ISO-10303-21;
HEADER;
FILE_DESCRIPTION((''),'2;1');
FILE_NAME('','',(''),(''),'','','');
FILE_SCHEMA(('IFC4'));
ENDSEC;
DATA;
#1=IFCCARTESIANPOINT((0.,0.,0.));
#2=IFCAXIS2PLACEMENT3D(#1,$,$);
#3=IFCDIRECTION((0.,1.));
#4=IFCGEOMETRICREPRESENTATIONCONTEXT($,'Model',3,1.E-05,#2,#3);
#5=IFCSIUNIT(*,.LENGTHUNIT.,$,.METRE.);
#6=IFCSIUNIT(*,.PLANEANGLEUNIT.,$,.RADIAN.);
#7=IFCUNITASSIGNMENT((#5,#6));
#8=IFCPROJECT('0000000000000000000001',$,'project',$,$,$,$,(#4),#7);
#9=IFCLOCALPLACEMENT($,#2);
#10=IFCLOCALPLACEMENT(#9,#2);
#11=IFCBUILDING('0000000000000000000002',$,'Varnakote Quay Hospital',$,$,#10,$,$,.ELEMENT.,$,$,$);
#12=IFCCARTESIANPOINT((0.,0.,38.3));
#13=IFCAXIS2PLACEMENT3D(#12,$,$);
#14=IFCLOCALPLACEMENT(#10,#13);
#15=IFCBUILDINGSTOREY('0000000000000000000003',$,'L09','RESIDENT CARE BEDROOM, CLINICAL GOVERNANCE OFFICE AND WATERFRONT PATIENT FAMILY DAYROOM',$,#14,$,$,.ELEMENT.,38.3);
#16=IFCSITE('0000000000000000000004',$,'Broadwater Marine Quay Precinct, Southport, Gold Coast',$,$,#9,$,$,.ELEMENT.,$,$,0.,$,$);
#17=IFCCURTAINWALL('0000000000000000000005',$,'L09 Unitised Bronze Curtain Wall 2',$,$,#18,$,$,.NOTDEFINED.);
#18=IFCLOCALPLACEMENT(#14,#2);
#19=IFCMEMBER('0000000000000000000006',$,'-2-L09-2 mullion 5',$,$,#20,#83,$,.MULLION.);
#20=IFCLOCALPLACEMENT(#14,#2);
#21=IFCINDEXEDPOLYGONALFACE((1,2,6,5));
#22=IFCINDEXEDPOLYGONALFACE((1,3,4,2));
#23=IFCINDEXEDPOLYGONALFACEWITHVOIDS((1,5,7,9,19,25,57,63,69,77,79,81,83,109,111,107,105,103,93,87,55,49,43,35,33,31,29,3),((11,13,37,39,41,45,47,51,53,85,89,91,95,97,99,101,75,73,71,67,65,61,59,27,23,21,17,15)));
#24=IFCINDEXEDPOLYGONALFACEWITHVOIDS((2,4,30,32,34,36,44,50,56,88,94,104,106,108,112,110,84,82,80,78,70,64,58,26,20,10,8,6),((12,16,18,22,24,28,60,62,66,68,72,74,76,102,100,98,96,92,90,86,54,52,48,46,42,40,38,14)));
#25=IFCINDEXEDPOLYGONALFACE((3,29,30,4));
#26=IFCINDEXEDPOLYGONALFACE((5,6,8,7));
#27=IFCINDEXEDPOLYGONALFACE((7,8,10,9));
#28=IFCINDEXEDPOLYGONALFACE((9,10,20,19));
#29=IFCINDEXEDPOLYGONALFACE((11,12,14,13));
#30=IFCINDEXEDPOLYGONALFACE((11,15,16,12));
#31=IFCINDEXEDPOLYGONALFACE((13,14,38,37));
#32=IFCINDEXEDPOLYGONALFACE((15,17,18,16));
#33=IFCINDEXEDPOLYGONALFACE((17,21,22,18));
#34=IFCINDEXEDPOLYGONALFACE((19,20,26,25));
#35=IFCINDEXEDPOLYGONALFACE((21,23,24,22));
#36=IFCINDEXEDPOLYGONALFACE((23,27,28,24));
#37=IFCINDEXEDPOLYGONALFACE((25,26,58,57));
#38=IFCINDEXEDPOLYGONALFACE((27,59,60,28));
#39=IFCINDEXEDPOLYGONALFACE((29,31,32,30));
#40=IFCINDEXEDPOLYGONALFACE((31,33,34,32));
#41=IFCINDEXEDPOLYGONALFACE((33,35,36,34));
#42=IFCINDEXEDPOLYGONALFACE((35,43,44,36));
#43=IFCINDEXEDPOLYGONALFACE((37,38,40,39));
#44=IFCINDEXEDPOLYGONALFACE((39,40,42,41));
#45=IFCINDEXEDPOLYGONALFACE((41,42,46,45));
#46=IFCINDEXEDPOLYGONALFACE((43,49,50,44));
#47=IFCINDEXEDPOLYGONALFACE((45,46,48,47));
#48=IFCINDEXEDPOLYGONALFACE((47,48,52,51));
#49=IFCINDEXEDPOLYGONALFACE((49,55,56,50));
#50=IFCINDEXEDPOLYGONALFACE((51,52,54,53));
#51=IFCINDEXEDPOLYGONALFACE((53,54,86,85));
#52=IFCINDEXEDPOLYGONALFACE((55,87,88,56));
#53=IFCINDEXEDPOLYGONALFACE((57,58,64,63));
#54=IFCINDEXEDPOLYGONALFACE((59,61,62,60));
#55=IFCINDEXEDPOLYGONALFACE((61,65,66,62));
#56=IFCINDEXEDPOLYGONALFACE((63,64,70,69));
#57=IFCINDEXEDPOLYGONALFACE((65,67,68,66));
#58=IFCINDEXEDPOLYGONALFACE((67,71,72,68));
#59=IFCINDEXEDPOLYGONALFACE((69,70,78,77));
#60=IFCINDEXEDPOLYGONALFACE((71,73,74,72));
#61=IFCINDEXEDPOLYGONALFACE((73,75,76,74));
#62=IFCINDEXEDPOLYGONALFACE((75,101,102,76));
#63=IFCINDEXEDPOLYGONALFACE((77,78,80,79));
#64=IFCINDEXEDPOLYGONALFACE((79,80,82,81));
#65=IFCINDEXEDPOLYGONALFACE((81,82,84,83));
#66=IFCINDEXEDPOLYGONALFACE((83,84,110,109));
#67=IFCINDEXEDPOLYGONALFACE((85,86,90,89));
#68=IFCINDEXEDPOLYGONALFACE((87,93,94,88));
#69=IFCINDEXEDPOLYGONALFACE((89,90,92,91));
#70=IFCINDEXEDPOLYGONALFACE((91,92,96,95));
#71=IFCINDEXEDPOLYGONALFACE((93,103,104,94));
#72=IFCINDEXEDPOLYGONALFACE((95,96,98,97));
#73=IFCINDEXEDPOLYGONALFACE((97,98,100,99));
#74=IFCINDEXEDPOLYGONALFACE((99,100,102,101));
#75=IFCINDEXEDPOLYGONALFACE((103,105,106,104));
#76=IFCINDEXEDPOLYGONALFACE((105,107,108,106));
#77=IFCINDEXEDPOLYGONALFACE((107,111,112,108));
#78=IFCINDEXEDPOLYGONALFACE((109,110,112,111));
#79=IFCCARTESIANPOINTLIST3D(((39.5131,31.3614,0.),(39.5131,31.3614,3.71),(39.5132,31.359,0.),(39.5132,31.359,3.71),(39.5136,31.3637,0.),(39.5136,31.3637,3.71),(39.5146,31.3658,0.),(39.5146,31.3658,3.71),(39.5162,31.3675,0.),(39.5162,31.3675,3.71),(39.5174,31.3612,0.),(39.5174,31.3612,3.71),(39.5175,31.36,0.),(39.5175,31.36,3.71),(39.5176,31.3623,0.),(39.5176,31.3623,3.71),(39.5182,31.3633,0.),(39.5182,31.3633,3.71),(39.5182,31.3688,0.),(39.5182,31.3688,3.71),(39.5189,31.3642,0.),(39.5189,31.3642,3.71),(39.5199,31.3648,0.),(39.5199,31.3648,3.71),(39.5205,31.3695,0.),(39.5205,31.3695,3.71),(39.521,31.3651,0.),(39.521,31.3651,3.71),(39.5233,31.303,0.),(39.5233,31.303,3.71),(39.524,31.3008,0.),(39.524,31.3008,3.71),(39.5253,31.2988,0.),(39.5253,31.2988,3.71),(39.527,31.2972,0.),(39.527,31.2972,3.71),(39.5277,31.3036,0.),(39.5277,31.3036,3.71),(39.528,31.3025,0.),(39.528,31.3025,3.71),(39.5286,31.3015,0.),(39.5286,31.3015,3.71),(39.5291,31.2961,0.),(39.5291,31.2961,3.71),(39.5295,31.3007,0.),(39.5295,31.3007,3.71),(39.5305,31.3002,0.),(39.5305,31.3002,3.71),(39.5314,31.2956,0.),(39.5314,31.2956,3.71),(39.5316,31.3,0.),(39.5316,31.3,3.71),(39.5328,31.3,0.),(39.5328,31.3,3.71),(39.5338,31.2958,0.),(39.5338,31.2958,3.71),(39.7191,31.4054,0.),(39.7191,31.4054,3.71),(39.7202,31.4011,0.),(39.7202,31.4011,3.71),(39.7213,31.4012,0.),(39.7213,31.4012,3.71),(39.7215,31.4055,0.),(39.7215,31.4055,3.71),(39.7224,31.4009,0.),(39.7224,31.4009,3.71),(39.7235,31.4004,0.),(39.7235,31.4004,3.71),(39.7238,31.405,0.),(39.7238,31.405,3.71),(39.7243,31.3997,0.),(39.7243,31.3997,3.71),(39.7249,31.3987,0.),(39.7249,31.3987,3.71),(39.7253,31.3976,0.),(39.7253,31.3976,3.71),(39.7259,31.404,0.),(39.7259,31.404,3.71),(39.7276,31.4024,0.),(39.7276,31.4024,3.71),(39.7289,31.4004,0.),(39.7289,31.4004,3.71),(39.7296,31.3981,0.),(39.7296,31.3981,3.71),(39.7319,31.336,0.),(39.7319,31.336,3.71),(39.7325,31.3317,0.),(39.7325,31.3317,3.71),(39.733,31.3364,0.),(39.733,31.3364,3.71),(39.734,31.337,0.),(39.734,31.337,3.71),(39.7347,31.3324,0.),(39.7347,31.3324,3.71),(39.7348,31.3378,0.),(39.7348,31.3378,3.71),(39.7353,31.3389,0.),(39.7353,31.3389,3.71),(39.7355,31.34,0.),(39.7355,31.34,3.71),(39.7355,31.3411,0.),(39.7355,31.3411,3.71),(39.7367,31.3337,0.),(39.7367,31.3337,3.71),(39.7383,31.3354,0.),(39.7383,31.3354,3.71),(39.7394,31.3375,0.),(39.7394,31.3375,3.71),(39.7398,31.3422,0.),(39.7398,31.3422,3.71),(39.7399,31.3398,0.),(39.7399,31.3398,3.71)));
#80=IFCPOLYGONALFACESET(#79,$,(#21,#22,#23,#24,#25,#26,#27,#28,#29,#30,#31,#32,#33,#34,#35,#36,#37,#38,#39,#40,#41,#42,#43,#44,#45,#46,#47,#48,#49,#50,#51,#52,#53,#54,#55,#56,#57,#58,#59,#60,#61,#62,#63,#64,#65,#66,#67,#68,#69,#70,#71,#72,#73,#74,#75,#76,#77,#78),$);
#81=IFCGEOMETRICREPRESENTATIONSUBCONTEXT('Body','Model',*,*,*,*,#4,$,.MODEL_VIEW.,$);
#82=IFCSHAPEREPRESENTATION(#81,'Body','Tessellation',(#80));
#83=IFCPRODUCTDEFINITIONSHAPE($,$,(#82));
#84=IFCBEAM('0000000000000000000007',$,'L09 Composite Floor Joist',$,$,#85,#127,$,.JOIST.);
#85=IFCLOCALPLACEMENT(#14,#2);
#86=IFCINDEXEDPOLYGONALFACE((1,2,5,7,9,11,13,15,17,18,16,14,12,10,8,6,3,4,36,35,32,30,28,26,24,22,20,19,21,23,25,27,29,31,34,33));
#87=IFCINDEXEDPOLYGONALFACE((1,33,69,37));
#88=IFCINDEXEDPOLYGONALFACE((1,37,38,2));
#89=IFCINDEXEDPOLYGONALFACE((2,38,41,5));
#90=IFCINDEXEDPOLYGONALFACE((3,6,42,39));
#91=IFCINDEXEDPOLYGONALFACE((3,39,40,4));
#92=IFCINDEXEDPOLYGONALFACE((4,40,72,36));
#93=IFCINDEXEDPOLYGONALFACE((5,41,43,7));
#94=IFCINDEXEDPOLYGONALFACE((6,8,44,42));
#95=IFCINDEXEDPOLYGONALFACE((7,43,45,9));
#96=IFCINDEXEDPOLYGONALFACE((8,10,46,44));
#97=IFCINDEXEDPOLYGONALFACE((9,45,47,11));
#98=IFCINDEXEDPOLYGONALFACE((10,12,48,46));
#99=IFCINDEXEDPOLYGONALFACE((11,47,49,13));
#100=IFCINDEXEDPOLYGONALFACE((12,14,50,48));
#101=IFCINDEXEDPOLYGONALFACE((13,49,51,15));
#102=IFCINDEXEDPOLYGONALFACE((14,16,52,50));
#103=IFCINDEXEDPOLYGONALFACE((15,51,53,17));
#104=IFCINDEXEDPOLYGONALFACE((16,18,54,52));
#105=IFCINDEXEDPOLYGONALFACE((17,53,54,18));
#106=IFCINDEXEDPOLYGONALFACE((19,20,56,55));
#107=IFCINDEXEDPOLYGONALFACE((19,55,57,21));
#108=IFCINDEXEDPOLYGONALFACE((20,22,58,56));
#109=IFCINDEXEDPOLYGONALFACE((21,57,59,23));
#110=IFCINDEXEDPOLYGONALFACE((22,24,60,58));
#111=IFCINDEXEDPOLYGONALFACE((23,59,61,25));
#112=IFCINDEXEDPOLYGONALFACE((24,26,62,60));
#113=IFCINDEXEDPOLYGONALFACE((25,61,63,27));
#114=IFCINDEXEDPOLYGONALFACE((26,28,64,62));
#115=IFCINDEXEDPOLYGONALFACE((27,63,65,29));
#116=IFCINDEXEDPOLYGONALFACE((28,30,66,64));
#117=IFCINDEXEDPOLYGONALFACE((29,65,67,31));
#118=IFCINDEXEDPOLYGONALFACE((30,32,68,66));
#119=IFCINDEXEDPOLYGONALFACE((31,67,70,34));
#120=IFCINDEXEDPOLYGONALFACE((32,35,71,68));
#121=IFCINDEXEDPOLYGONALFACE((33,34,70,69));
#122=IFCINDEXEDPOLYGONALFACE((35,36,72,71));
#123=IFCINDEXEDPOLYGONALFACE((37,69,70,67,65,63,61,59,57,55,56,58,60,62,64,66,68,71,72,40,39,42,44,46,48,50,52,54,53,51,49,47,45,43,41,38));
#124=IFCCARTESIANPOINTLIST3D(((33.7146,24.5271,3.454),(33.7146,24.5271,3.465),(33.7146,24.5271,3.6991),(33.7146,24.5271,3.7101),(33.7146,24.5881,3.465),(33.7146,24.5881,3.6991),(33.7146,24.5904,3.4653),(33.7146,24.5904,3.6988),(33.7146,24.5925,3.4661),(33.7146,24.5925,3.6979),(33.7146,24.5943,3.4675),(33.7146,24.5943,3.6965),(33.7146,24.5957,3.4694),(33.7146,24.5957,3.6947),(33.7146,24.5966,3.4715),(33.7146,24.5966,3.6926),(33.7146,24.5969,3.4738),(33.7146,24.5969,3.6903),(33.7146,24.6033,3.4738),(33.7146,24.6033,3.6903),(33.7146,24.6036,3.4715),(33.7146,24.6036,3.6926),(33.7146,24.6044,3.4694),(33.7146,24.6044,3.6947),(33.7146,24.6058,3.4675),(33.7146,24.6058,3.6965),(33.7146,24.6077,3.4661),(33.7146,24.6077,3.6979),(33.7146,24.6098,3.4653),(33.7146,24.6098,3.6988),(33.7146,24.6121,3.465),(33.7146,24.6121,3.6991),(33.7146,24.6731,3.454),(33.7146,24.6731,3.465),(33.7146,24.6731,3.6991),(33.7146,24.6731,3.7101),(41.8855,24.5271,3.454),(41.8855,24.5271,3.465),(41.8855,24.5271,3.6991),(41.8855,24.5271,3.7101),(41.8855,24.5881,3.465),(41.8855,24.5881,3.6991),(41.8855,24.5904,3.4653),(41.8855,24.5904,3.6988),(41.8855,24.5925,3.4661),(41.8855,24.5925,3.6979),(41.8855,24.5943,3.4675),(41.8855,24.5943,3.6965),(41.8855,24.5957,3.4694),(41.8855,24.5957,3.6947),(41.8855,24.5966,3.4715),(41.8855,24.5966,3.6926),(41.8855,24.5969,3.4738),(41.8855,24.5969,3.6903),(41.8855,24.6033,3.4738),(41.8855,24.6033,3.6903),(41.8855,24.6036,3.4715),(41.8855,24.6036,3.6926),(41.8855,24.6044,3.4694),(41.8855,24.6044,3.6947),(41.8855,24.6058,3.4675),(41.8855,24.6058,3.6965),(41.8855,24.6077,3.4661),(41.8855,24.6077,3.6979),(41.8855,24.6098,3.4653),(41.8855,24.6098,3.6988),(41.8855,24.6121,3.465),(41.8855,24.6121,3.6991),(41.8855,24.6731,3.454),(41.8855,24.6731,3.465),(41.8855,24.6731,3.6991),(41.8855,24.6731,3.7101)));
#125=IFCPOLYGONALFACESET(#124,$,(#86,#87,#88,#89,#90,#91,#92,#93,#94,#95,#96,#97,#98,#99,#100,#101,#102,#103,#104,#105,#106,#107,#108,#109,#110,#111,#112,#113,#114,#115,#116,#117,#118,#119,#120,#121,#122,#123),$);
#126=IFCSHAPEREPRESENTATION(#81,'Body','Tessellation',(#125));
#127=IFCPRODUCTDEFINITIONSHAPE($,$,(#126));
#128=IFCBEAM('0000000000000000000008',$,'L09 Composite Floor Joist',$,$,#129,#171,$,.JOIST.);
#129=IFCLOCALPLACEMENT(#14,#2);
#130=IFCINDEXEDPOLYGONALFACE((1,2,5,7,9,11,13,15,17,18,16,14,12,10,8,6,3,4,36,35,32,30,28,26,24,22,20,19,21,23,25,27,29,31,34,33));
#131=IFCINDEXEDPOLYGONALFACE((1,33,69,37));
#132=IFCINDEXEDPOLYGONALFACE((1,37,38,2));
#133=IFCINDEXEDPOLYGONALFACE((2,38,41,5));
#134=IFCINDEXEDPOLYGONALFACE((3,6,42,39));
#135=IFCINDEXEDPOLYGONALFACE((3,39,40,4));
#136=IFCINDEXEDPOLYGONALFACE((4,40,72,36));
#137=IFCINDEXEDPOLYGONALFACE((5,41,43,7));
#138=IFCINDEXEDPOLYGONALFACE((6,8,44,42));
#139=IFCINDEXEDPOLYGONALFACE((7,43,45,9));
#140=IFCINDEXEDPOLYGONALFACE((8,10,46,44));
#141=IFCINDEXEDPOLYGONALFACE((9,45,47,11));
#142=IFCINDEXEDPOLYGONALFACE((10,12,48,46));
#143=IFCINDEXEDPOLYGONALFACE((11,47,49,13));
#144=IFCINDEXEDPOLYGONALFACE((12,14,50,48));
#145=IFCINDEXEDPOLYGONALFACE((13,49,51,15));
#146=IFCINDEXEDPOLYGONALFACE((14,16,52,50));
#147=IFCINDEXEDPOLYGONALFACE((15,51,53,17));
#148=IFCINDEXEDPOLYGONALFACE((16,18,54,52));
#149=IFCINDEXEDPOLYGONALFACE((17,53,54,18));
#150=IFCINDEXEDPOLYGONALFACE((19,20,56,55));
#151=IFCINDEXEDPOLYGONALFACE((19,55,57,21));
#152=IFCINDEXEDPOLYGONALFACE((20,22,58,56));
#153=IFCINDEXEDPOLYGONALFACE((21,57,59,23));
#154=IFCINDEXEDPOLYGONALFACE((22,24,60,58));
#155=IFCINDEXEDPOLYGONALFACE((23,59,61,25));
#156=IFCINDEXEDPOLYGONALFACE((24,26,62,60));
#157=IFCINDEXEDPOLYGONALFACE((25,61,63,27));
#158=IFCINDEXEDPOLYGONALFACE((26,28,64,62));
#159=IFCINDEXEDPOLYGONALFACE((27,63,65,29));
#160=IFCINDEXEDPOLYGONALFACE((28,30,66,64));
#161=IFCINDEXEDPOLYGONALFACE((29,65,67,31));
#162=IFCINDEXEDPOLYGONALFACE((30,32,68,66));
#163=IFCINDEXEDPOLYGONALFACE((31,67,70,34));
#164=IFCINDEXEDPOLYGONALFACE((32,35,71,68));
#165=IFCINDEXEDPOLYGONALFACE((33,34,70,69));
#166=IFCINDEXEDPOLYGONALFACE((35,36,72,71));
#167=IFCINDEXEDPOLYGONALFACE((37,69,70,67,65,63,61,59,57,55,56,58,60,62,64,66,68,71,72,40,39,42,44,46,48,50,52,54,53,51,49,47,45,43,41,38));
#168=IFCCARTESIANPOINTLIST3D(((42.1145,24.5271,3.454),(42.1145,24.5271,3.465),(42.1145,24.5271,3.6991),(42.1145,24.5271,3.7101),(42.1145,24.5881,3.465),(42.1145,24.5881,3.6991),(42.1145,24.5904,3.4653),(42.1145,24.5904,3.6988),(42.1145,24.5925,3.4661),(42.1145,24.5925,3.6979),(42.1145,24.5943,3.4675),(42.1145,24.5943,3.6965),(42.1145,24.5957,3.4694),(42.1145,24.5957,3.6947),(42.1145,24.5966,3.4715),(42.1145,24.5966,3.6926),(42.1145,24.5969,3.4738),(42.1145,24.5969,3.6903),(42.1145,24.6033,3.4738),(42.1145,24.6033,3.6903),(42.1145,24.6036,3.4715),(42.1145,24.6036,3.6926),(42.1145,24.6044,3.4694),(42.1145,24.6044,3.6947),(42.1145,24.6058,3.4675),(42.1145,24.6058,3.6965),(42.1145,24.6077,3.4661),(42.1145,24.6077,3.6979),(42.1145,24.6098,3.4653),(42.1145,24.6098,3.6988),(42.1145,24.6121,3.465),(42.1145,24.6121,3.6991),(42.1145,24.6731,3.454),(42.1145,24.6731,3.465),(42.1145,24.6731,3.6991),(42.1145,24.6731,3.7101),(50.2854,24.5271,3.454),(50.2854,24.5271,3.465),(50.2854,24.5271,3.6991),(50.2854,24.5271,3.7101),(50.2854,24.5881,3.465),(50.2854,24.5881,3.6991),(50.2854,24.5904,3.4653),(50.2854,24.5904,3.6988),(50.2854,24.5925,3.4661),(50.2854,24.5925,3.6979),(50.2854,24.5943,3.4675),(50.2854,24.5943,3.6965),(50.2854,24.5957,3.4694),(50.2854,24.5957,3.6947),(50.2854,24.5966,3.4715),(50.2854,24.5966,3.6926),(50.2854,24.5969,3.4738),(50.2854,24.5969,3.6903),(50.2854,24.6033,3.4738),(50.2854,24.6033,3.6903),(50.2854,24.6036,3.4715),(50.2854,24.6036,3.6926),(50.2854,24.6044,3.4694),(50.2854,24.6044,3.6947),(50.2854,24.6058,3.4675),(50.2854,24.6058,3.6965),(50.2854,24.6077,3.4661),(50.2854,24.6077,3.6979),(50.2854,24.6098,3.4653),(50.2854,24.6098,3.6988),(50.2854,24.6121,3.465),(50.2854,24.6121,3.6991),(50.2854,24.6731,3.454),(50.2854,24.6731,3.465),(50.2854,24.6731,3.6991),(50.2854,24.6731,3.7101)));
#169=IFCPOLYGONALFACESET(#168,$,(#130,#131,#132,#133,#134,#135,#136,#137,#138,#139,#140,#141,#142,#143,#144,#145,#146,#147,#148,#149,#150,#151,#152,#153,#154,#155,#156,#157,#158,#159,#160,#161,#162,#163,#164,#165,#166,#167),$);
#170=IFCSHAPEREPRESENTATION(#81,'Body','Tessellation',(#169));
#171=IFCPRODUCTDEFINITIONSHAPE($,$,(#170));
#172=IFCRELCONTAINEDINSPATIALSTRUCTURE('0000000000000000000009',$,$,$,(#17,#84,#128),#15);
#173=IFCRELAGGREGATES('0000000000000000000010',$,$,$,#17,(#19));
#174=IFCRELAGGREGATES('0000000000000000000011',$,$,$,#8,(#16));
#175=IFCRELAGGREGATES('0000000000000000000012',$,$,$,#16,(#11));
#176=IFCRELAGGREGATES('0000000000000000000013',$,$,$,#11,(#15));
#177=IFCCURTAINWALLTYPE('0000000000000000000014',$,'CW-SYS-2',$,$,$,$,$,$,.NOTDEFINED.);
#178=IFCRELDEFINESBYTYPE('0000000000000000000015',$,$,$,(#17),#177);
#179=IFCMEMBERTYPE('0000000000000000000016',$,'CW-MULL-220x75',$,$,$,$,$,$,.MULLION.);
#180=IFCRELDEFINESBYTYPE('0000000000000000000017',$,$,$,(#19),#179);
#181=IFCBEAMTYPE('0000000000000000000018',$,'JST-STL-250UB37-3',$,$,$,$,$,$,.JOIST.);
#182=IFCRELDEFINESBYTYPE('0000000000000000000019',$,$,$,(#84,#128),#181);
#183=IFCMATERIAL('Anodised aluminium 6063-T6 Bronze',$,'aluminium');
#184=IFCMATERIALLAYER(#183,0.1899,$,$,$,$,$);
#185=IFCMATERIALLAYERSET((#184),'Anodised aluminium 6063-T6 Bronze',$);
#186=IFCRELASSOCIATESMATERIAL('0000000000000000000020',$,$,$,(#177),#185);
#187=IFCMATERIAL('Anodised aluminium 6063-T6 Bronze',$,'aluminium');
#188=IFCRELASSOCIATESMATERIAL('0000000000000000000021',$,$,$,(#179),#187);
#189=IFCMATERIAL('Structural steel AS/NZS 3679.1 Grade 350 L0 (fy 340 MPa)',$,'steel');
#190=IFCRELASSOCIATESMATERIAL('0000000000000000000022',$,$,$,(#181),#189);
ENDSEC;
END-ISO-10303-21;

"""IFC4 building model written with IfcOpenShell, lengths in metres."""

from ifc_helpers import new_model, si_unit, direction, frame, origin, origin_2d, place, context, subcontext, project, spatial, hollow_rectangle, i_section, extrude, material, layer, layer_set, material_profile, profile_set, type_object, element, aggregate, save


model = new_model("IFC4")

# Units and contexts
model_context = context("Model", 3, precision=1e-05, world=origin(), true_north=direction((0.0, 1.0)))
body_context = subcontext(model_context, "Body", "Model", "MODEL_VIEW")
ifc_project = project(units=[si_unit("LENGTHUNIT", "METRE"), si_unit("PLANEANGLEUNIT", "RADIAN")], contexts=[model_context])

# Site, building, storey
site_placement = place(None, origin())
site = spatial("IfcSite", under=ifc_project, at=site_placement, Name="Broadwater Marine Quay Precinct, Southport, Gold Coast", CompositionType="ELEMENT", RefElevation=0.0)
building_placement = place(site_placement, origin())
building = spatial("IfcBuilding", under=site, at=building_placement, Name="Varnakote Quay Hospital", CompositionType="ELEMENT")
storey_placement = place(building_placement, frame((0.0, 0.0, 38.3)))
storey = spatial("IfcBuildingStorey", under=building, at=storey_placement, Name="L09", Description="RESIDENT CARE BEDROOM, CLINICAL GOVERNANCE OFFICE AND WATERFRONT PATIENT FAMILY DAYROOM", CompositionType="ELEMENT", Elevation=38.3)

# Curtain wall, member
ifc_material_1 = material(Name="Anodised aluminium 6063-T6 Bronze", Category="aluminium")
ifc_layer_1 = layer(ifc_material_1, 0.1899)
ifc_layer_set_1 = layer_set([ifc_layer_1], Name="Anodised aluminium 6063-T6 Bronze")
curtain_wall_type = type_object("IfcCurtainWallType", Name="CW-SYS-2", PredefinedType="NOTDEFINED", material=ifc_layer_set_1)
curtain_wall_placement = place(storey_placement, origin())
curtain_wall = element("IfcCurtainWall", 1, at=curtain_wall_placement, inside=storey, type_object=curtain_wall_type, Name="L09 Unitised Bronze Curtain Wall 2", PredefinedType="NOTDEFINED")
ifc_material_2 = material(Name="Anodised aluminium 6063-T6 Bronze", Category="aluminium")
ifc_material_profile_1 = material_profile(ifc_material_2, hollow_rectangle(XDim=0.075, YDim=0.22, WallThickness=0.0044, InnerFilletRadius=0.0044, OuterFilletRadius=0.009, at=origin_2d()), Name="CW-MULL-220x75")
ifc_profile_set_1 = profile_set([ifc_material_profile_1], Name="Anodised aluminium 6063-T6 Bronze")
member_type = type_object("IfcMemberType", Name="CW-MULL-220x75", PredefinedType="MULLION", material=ifc_profile_set_1)
member_placement = place(storey_placement, frame((39.6265, 31.3506, 0.0), z_axis=(0.0, 0.0, 1.0), x_axis=(0.177846, -0.984058, 0.0)))
member = element("IfcMember", 2, at=member_placement, type_object=member_type, Name="-2-L09-2 mullion 5", PredefinedType="MULLION", context=body_context, shape_type="SweptSolid", body=[
    extrude(hollow_rectangle(XDim=0.075, YDim=0.22, WallThickness=0.0044, InnerFilletRadius=0.0044, OuterFilletRadius=0.009, at=origin_2d()), origin(), (0.0, 0.0, 1.0), 3.71),
])

# Beams
ifc_material_3 = material(Name="Structural steel AS/NZS 3679.1 Grade 350 L0 (fy 340 MPa)", Category="steel")
ifc_material_profile_2 = material_profile(ifc_material_3, i_section(OverallWidth=0.146, OverallDepth=0.2561, WebThickness=0.0063, FlangeThickness=0.011, FilletRadius=0.0088, at=origin_2d()), Name="250UB37.3")
ifc_profile_set_2 = profile_set([ifc_material_profile_2], Name="Structural steel AS/NZS 3679.1 Grade 350 L0 (fy 340 MPa)")
beam_type_1 = type_object("IfcBeamType", Name="JST-STL-250UB37-3", PredefinedType="JOIST", material=ifc_profile_set_2)
for number, where, z_axis, x_axis, name in (
    (3, (33.7146, 24.6001, 3.582), (1.0, 0.0, 0.0), (0.0, 1.0, 0.0), "L09 Composite Floor Joist"),
    (4, (42.1145, 24.6001, 3.582), (1.0, 0.0, 0.0), (0.0, 1.0, 0.0), "L09 Composite Floor Joist"),
):
    element("IfcBeam", number, at=place(storey_placement, frame(where, z_axis=z_axis, x_axis=x_axis)), inside=storey, type_object=beam_type_1, Name=name, PredefinedType="JOIST", context=body_context, shape_type="SweptSolid", body=[
        extrude(i_section(OverallWidth=0.146, OverallDepth=0.2561, WebThickness=0.0063, FlangeThickness=0.011, FilletRadius=0.0088, at=origin_2d()), origin(), (0.0, 0.0, 1.0), 8.1709),
    ])

aggregate(curtain_wall, [member])

save(model, "model.ifc")
